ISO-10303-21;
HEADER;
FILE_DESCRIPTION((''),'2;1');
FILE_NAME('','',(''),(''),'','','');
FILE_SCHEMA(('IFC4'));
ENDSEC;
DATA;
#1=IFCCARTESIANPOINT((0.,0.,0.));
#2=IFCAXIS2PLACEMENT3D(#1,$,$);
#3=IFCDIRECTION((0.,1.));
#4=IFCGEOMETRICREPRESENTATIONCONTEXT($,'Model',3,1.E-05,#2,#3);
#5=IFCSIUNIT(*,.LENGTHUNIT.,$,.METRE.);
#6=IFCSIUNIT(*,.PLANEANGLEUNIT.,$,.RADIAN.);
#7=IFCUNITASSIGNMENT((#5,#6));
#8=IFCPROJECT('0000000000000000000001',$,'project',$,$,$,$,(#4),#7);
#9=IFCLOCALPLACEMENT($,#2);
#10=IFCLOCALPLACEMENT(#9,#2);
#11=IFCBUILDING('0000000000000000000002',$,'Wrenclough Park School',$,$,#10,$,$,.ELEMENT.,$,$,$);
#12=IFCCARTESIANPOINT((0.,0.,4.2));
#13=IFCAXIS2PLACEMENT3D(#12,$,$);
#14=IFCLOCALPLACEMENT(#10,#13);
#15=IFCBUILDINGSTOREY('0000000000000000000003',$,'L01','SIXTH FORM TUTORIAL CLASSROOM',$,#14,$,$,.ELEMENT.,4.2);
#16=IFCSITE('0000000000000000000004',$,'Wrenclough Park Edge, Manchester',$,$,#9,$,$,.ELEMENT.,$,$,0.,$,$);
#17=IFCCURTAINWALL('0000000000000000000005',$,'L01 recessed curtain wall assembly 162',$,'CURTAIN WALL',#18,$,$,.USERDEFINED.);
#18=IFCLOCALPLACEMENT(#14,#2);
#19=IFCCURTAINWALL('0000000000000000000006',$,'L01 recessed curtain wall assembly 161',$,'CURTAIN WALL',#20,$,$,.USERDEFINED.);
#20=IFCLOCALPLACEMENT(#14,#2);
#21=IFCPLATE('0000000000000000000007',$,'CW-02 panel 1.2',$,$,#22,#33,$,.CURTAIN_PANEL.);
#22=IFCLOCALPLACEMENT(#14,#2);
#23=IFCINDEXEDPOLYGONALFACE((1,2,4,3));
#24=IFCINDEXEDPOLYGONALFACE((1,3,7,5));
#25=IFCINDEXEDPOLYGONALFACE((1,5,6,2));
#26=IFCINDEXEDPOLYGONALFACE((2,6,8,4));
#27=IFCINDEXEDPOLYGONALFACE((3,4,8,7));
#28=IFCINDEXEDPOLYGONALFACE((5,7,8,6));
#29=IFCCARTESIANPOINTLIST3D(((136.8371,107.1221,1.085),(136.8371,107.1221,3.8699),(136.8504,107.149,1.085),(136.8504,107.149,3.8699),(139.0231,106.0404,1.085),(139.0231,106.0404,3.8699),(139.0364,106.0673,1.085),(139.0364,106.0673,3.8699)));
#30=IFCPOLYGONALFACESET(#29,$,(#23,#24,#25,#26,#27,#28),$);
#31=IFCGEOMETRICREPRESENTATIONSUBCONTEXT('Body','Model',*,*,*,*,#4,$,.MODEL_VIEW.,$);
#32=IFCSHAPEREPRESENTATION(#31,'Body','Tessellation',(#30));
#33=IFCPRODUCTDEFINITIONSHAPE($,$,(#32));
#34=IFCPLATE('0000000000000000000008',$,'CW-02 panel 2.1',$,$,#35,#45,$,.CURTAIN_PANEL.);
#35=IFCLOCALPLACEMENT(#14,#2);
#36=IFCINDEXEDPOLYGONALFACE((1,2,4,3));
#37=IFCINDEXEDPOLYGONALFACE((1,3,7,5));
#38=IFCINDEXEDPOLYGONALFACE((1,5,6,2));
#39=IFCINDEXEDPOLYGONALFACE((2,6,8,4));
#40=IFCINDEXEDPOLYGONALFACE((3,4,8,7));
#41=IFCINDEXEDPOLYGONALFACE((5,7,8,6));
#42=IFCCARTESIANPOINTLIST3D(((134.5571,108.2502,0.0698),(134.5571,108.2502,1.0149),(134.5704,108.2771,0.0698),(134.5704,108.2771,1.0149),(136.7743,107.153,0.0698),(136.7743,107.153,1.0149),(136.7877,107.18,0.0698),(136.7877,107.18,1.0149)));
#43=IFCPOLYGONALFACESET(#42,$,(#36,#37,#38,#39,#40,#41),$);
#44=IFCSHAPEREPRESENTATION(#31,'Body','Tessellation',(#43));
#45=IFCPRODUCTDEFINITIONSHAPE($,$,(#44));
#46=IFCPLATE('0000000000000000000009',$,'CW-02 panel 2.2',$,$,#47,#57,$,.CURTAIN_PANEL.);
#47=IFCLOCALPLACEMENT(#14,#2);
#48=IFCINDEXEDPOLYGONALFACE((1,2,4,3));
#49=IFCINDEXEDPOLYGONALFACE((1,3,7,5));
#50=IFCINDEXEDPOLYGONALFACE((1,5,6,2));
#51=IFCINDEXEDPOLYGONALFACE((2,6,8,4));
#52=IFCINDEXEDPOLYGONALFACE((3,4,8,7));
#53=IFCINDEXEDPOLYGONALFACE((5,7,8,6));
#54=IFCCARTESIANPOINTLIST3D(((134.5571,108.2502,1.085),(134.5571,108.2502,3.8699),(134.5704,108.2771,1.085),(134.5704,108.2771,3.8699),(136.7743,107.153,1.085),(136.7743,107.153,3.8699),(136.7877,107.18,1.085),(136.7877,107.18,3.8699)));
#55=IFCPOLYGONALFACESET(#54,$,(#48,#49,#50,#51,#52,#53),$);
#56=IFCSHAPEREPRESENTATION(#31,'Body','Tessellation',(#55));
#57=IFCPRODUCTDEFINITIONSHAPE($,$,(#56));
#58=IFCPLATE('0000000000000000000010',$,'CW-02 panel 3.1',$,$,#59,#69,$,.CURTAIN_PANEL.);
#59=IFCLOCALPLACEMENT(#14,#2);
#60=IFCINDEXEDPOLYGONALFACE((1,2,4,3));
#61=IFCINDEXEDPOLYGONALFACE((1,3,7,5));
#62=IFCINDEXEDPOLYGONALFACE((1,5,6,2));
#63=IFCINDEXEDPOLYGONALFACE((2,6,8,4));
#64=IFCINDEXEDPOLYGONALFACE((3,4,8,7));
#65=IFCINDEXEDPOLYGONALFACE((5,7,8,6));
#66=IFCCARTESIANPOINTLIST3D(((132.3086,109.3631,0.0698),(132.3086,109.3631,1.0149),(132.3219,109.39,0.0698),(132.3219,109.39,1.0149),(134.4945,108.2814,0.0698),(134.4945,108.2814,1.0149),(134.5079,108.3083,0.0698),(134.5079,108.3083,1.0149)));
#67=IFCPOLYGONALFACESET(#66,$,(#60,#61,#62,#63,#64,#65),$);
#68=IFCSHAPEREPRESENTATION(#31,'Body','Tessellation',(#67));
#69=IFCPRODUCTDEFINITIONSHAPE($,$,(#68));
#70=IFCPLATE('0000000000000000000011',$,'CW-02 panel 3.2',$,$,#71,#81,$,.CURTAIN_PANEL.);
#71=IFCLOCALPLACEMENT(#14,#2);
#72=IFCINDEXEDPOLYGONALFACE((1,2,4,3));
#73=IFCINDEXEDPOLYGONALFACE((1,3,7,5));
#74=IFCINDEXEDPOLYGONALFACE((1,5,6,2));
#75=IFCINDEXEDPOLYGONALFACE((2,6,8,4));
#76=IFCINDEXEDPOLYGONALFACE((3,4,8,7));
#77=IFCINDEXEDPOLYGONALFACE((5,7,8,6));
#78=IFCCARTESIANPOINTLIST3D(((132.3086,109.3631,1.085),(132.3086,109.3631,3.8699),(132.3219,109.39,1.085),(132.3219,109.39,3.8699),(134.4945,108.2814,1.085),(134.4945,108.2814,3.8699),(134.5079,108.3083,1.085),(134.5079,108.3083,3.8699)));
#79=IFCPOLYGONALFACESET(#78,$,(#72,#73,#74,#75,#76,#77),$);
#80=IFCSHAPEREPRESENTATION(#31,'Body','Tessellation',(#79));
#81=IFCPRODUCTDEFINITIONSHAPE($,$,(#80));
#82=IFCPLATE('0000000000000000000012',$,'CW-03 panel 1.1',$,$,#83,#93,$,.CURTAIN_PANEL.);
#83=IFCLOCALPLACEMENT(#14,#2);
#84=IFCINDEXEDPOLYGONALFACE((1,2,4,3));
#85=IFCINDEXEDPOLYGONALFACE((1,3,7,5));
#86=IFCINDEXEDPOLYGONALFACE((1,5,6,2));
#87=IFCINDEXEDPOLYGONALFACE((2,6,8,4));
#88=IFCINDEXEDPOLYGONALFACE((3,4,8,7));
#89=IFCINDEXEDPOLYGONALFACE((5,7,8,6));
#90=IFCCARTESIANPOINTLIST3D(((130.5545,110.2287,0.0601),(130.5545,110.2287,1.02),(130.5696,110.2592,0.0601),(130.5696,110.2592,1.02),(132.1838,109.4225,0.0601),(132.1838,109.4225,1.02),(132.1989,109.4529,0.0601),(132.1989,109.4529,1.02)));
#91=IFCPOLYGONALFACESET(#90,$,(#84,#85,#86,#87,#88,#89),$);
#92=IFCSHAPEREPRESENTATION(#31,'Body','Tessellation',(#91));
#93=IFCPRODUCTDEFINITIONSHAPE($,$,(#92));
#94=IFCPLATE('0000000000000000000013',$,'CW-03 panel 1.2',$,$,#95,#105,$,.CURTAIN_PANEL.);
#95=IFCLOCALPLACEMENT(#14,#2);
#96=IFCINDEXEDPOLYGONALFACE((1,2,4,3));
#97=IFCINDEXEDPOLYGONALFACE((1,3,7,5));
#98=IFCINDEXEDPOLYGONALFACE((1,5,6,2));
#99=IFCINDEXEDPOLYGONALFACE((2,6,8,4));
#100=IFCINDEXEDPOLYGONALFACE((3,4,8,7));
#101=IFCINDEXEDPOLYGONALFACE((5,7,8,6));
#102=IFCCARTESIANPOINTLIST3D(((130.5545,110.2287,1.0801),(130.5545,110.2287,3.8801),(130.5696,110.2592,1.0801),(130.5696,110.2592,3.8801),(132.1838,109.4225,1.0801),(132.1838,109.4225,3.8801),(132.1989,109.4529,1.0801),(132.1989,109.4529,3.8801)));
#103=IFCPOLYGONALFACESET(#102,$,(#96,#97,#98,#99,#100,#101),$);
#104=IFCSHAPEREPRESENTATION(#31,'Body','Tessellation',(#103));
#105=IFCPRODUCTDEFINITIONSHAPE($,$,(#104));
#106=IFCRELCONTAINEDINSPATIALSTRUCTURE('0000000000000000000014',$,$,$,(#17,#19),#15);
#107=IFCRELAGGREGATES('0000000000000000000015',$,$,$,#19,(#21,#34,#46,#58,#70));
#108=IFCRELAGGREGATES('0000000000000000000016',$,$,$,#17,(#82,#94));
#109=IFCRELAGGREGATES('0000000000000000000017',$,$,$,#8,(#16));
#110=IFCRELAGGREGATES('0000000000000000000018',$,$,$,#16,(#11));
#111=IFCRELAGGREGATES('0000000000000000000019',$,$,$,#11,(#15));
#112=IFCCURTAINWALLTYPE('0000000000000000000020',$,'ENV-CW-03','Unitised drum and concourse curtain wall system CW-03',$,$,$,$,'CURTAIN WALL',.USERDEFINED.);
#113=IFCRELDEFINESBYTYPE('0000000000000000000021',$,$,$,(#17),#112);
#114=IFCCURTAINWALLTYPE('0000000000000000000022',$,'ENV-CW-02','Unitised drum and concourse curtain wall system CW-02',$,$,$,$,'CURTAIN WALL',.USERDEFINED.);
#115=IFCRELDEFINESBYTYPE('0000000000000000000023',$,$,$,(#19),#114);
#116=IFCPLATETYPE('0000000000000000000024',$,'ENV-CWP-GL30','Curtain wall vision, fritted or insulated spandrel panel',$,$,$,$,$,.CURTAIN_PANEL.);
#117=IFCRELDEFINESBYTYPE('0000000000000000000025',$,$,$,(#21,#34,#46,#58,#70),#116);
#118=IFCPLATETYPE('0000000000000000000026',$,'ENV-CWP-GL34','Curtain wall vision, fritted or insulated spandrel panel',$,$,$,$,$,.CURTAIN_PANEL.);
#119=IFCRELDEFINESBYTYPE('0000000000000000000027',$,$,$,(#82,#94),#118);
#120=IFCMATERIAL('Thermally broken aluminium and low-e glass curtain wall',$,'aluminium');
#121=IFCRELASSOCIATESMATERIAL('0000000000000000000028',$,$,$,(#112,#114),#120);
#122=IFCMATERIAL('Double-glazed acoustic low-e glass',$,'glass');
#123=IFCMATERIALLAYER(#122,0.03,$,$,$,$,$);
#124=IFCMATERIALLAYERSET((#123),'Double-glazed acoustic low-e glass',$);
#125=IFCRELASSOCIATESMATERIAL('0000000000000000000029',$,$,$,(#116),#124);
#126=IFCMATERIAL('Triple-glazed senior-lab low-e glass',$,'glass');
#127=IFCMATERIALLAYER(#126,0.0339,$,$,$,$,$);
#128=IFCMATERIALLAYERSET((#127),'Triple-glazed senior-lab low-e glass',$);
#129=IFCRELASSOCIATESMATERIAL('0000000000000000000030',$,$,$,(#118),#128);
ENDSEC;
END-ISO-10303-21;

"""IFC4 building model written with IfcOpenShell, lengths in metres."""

from ifc_helpers import new_model, si_unit, direction, frame, origin, origin_2d, place, context, subcontext, project, spatial, rectangle, extrude, material, layer, layer_set, type_object, element, aggregate, save


model = new_model("IFC4")

# Units and contexts
model_context = context("Model", 3, precision=1e-05, world=origin(), true_north=direction((0.0, 1.0)))
body_context = subcontext(model_context, "Body", "Model", "MODEL_VIEW")
ifc_project = project(units=[si_unit("LENGTHUNIT", "METRE"), si_unit("PLANEANGLEUNIT", "RADIAN")], contexts=[model_context])

# Site, building, storey
site_placement = place(None, origin())
site = spatial("IfcSite", under=ifc_project, at=site_placement, Name="Wrenclough Park Edge, Manchester", CompositionType="ELEMENT", RefElevation=0.0)
building_placement = place(site_placement, origin())
building = spatial("IfcBuilding", under=site, at=building_placement, Name="Wrenclough Park School", CompositionType="ELEMENT")
storey_placement = place(building_placement, frame((0.0, 0.0, 4.2)))
storey = spatial("IfcBuildingStorey", under=building, at=storey_placement, Name="L01", Description="SIXTH FORM TUTORIAL CLASSROOM", CompositionType="ELEMENT", Elevation=4.2)

# Curtain walls
ifc_material_1 = material(Name="Thermally broken aluminium and low-e glass curtain wall", Category="aluminium")
curtain_wall_type_1 = type_object("IfcCurtainWallType", Name="ENV-CW-03", Description="Unitised drum and concourse curtain wall system CW-03", ElementType="CURTAIN WALL", PredefinedType="USERDEFINED", material=ifc_material_1)
curtain_wall_1_placement = place(storey_placement, origin())
curtain_wall_1 = element("IfcCurtainWall", 1, at=curtain_wall_1_placement, inside=storey, type_object=curtain_wall_type_1, Name="L01 recessed curtain wall assembly 162", ObjectType="CURTAIN WALL", PredefinedType="USERDEFINED")
curtain_wall_type_2 = type_object("IfcCurtainWallType", Name="ENV-CW-02", Description="Unitised drum and concourse curtain wall system CW-02", ElementType="CURTAIN WALL", PredefinedType="USERDEFINED", material=ifc_material_1)
curtain_wall_2_placement = place(storey_placement, origin())
curtain_wall_2 = element("IfcCurtainWall", 2, at=curtain_wall_2_placement, inside=storey, type_object=curtain_wall_type_2, Name="L01 recessed curtain wall assembly 161", ObjectType="CURTAIN WALL", PredefinedType="USERDEFINED")

# Plates
ifc_material_2 = material(Name="Double-glazed acoustic low-e glass", Category="glass")
ifc_layer_1 = layer(ifc_material_2, 0.03)
ifc_layer_set_1 = layer_set([ifc_layer_1], Name="Double-glazed acoustic low-e glass")
plate_type_1 = type_object("IfcPlateType", Name="ENV-CWP-GL30", Description="Curtain wall vision, fritted or insulated spandrel panel", PredefinedType="CURTAIN_PANEL", material=ifc_layer_set_1)
plate_1_placement = place(storey_placement, frame((137.9368, 106.5947, 1.085), z_axis=(0.0, 0.0, 1.0), x_axis=(-0.896272, 0.443504, 0.0)))
plate_1 = element("IfcPlate", 3, at=plate_1_placement, type_object=plate_type_1, Name="CW-02 panel 1.2", PredefinedType="CURTAIN_PANEL", context=body_context, shape_type="SweptSolid", body=[
    extrude(rectangle(XDim=2.439, YDim=0.03, at=origin_2d()), origin(), (0.0, 0.0, 1.0), 2.7849),
])
plate_2_placement = place(storey_placement, frame((135.6724, 107.7151, 0.0698), z_axis=(0.0, 0.0, 1.0), x_axis=(-0.896272, 0.443504, 0.0)))
plate_2 = element("IfcPlate", 4, at=plate_2_placement, type_object=plate_type_1, Name="CW-02 panel 2.1", PredefinedType="CURTAIN_PANEL", context=body_context, shape_type="SweptSolid", body=[
    extrude(rectangle(XDim=2.4739, YDim=0.03, at=origin_2d()), origin(), (0.0, 0.0, 1.0), 0.9451),
])
plate_3_placement = place(storey_placement, frame((135.6724, 107.7151, 1.085), z_axis=(0.0, 0.0, 1.0), x_axis=(-0.896272, 0.443504, 0.0)))
plate_3 = element("IfcPlate", 5, at=plate_3_placement, type_object=plate_type_1, Name="CW-02 panel 2.2", PredefinedType="CURTAIN_PANEL", context=body_context, shape_type="SweptSolid", body=[
    extrude(rectangle(XDim=2.4739, YDim=0.03, at=origin_2d()), origin(), (0.0, 0.0, 1.0), 2.7849),
])
plate_4_placement = place(storey_placement, frame((133.4082, 108.8357, 0.0698), z_axis=(0.0, 0.0, 1.0), x_axis=(-0.896272, 0.443504, 0.0)))
plate_4 = element("IfcPlate", 6, at=plate_4_placement, type_object=plate_type_1, Name="CW-02 panel 3.1", PredefinedType="CURTAIN_PANEL", context=body_context, shape_type="SweptSolid", body=[
    extrude(rectangle(XDim=2.439, YDim=0.03, at=origin_2d()), origin(), (0.0, 0.0, 1.0), 0.9451),
])
plate_5_placement = place(storey_placement, frame((133.4082, 108.8357, 1.085), z_axis=(0.0, 0.0, 1.0), x_axis=(-0.896272, 0.443504, 0.0)))
plate_5 = element("IfcPlate", 7, at=plate_5_placement, type_object=plate_type_1, Name="CW-02 panel 3.2", PredefinedType="CURTAIN_PANEL", context=body_context, shape_type="SweptSolid", body=[
    extrude(rectangle(XDim=2.439, YDim=0.03, at=origin_2d()), origin(), (0.0, 0.0, 1.0), 2.7849),
])
aggregate(curtain_wall_2, [plate_1, plate_2, plate_3, plate_4, plate_5])
ifc_material_3 = material(Name="Triple-glazed senior-lab low-e glass", Category="glass")
ifc_layer_2 = layer(ifc_material_3, 0.0339)
ifc_layer_set_2 = layer_set([ifc_layer_2], Name="Triple-glazed senior-lab low-e glass")
plate_type_2 = type_object("IfcPlateType", Name="ENV-CWP-GL34", Description="Curtain wall vision, fritted or insulated spandrel panel", PredefinedType="CURTAIN_PANEL", material=ifc_layer_set_2)
plate_6_placement = place(storey_placement, frame((131.3767, 109.8408, 0.0601), z_axis=(0.0, 0.0, 1.0), x_axis=(-0.896267, 0.443515, 0.0)))
plate_6 = element("IfcPlate", 8, at=plate_6_placement, type_object=plate_type_2, Name="CW-03 panel 1.1", PredefinedType="CURTAIN_PANEL", context=body_context, shape_type="SweptSolid", body=[
    extrude(rectangle(XDim=1.8179, YDim=0.0339, at=origin_2d()), origin(), (0.0, 0.0, 1.0), 0.96),
])
plate_7_placement = place(storey_placement, frame((131.3767, 109.8408, 1.0801), z_axis=(0.0, 0.0, 1.0), x_axis=(-0.896267, 0.443515, 0.0)))
plate_7 = element("IfcPlate", 9, at=plate_7_placement, type_object=plate_type_2, Name="CW-03 panel 1.2", PredefinedType="CURTAIN_PANEL", context=body_context, shape_type="SweptSolid", body=[
    extrude(rectangle(XDim=1.8179, YDim=0.0339, at=origin_2d()), origin(), (0.0, 0.0, 1.0), 2.8),
])
aggregate(curtain_wall_1, [plate_6, plate_7])

save(model, "model.ifc")
